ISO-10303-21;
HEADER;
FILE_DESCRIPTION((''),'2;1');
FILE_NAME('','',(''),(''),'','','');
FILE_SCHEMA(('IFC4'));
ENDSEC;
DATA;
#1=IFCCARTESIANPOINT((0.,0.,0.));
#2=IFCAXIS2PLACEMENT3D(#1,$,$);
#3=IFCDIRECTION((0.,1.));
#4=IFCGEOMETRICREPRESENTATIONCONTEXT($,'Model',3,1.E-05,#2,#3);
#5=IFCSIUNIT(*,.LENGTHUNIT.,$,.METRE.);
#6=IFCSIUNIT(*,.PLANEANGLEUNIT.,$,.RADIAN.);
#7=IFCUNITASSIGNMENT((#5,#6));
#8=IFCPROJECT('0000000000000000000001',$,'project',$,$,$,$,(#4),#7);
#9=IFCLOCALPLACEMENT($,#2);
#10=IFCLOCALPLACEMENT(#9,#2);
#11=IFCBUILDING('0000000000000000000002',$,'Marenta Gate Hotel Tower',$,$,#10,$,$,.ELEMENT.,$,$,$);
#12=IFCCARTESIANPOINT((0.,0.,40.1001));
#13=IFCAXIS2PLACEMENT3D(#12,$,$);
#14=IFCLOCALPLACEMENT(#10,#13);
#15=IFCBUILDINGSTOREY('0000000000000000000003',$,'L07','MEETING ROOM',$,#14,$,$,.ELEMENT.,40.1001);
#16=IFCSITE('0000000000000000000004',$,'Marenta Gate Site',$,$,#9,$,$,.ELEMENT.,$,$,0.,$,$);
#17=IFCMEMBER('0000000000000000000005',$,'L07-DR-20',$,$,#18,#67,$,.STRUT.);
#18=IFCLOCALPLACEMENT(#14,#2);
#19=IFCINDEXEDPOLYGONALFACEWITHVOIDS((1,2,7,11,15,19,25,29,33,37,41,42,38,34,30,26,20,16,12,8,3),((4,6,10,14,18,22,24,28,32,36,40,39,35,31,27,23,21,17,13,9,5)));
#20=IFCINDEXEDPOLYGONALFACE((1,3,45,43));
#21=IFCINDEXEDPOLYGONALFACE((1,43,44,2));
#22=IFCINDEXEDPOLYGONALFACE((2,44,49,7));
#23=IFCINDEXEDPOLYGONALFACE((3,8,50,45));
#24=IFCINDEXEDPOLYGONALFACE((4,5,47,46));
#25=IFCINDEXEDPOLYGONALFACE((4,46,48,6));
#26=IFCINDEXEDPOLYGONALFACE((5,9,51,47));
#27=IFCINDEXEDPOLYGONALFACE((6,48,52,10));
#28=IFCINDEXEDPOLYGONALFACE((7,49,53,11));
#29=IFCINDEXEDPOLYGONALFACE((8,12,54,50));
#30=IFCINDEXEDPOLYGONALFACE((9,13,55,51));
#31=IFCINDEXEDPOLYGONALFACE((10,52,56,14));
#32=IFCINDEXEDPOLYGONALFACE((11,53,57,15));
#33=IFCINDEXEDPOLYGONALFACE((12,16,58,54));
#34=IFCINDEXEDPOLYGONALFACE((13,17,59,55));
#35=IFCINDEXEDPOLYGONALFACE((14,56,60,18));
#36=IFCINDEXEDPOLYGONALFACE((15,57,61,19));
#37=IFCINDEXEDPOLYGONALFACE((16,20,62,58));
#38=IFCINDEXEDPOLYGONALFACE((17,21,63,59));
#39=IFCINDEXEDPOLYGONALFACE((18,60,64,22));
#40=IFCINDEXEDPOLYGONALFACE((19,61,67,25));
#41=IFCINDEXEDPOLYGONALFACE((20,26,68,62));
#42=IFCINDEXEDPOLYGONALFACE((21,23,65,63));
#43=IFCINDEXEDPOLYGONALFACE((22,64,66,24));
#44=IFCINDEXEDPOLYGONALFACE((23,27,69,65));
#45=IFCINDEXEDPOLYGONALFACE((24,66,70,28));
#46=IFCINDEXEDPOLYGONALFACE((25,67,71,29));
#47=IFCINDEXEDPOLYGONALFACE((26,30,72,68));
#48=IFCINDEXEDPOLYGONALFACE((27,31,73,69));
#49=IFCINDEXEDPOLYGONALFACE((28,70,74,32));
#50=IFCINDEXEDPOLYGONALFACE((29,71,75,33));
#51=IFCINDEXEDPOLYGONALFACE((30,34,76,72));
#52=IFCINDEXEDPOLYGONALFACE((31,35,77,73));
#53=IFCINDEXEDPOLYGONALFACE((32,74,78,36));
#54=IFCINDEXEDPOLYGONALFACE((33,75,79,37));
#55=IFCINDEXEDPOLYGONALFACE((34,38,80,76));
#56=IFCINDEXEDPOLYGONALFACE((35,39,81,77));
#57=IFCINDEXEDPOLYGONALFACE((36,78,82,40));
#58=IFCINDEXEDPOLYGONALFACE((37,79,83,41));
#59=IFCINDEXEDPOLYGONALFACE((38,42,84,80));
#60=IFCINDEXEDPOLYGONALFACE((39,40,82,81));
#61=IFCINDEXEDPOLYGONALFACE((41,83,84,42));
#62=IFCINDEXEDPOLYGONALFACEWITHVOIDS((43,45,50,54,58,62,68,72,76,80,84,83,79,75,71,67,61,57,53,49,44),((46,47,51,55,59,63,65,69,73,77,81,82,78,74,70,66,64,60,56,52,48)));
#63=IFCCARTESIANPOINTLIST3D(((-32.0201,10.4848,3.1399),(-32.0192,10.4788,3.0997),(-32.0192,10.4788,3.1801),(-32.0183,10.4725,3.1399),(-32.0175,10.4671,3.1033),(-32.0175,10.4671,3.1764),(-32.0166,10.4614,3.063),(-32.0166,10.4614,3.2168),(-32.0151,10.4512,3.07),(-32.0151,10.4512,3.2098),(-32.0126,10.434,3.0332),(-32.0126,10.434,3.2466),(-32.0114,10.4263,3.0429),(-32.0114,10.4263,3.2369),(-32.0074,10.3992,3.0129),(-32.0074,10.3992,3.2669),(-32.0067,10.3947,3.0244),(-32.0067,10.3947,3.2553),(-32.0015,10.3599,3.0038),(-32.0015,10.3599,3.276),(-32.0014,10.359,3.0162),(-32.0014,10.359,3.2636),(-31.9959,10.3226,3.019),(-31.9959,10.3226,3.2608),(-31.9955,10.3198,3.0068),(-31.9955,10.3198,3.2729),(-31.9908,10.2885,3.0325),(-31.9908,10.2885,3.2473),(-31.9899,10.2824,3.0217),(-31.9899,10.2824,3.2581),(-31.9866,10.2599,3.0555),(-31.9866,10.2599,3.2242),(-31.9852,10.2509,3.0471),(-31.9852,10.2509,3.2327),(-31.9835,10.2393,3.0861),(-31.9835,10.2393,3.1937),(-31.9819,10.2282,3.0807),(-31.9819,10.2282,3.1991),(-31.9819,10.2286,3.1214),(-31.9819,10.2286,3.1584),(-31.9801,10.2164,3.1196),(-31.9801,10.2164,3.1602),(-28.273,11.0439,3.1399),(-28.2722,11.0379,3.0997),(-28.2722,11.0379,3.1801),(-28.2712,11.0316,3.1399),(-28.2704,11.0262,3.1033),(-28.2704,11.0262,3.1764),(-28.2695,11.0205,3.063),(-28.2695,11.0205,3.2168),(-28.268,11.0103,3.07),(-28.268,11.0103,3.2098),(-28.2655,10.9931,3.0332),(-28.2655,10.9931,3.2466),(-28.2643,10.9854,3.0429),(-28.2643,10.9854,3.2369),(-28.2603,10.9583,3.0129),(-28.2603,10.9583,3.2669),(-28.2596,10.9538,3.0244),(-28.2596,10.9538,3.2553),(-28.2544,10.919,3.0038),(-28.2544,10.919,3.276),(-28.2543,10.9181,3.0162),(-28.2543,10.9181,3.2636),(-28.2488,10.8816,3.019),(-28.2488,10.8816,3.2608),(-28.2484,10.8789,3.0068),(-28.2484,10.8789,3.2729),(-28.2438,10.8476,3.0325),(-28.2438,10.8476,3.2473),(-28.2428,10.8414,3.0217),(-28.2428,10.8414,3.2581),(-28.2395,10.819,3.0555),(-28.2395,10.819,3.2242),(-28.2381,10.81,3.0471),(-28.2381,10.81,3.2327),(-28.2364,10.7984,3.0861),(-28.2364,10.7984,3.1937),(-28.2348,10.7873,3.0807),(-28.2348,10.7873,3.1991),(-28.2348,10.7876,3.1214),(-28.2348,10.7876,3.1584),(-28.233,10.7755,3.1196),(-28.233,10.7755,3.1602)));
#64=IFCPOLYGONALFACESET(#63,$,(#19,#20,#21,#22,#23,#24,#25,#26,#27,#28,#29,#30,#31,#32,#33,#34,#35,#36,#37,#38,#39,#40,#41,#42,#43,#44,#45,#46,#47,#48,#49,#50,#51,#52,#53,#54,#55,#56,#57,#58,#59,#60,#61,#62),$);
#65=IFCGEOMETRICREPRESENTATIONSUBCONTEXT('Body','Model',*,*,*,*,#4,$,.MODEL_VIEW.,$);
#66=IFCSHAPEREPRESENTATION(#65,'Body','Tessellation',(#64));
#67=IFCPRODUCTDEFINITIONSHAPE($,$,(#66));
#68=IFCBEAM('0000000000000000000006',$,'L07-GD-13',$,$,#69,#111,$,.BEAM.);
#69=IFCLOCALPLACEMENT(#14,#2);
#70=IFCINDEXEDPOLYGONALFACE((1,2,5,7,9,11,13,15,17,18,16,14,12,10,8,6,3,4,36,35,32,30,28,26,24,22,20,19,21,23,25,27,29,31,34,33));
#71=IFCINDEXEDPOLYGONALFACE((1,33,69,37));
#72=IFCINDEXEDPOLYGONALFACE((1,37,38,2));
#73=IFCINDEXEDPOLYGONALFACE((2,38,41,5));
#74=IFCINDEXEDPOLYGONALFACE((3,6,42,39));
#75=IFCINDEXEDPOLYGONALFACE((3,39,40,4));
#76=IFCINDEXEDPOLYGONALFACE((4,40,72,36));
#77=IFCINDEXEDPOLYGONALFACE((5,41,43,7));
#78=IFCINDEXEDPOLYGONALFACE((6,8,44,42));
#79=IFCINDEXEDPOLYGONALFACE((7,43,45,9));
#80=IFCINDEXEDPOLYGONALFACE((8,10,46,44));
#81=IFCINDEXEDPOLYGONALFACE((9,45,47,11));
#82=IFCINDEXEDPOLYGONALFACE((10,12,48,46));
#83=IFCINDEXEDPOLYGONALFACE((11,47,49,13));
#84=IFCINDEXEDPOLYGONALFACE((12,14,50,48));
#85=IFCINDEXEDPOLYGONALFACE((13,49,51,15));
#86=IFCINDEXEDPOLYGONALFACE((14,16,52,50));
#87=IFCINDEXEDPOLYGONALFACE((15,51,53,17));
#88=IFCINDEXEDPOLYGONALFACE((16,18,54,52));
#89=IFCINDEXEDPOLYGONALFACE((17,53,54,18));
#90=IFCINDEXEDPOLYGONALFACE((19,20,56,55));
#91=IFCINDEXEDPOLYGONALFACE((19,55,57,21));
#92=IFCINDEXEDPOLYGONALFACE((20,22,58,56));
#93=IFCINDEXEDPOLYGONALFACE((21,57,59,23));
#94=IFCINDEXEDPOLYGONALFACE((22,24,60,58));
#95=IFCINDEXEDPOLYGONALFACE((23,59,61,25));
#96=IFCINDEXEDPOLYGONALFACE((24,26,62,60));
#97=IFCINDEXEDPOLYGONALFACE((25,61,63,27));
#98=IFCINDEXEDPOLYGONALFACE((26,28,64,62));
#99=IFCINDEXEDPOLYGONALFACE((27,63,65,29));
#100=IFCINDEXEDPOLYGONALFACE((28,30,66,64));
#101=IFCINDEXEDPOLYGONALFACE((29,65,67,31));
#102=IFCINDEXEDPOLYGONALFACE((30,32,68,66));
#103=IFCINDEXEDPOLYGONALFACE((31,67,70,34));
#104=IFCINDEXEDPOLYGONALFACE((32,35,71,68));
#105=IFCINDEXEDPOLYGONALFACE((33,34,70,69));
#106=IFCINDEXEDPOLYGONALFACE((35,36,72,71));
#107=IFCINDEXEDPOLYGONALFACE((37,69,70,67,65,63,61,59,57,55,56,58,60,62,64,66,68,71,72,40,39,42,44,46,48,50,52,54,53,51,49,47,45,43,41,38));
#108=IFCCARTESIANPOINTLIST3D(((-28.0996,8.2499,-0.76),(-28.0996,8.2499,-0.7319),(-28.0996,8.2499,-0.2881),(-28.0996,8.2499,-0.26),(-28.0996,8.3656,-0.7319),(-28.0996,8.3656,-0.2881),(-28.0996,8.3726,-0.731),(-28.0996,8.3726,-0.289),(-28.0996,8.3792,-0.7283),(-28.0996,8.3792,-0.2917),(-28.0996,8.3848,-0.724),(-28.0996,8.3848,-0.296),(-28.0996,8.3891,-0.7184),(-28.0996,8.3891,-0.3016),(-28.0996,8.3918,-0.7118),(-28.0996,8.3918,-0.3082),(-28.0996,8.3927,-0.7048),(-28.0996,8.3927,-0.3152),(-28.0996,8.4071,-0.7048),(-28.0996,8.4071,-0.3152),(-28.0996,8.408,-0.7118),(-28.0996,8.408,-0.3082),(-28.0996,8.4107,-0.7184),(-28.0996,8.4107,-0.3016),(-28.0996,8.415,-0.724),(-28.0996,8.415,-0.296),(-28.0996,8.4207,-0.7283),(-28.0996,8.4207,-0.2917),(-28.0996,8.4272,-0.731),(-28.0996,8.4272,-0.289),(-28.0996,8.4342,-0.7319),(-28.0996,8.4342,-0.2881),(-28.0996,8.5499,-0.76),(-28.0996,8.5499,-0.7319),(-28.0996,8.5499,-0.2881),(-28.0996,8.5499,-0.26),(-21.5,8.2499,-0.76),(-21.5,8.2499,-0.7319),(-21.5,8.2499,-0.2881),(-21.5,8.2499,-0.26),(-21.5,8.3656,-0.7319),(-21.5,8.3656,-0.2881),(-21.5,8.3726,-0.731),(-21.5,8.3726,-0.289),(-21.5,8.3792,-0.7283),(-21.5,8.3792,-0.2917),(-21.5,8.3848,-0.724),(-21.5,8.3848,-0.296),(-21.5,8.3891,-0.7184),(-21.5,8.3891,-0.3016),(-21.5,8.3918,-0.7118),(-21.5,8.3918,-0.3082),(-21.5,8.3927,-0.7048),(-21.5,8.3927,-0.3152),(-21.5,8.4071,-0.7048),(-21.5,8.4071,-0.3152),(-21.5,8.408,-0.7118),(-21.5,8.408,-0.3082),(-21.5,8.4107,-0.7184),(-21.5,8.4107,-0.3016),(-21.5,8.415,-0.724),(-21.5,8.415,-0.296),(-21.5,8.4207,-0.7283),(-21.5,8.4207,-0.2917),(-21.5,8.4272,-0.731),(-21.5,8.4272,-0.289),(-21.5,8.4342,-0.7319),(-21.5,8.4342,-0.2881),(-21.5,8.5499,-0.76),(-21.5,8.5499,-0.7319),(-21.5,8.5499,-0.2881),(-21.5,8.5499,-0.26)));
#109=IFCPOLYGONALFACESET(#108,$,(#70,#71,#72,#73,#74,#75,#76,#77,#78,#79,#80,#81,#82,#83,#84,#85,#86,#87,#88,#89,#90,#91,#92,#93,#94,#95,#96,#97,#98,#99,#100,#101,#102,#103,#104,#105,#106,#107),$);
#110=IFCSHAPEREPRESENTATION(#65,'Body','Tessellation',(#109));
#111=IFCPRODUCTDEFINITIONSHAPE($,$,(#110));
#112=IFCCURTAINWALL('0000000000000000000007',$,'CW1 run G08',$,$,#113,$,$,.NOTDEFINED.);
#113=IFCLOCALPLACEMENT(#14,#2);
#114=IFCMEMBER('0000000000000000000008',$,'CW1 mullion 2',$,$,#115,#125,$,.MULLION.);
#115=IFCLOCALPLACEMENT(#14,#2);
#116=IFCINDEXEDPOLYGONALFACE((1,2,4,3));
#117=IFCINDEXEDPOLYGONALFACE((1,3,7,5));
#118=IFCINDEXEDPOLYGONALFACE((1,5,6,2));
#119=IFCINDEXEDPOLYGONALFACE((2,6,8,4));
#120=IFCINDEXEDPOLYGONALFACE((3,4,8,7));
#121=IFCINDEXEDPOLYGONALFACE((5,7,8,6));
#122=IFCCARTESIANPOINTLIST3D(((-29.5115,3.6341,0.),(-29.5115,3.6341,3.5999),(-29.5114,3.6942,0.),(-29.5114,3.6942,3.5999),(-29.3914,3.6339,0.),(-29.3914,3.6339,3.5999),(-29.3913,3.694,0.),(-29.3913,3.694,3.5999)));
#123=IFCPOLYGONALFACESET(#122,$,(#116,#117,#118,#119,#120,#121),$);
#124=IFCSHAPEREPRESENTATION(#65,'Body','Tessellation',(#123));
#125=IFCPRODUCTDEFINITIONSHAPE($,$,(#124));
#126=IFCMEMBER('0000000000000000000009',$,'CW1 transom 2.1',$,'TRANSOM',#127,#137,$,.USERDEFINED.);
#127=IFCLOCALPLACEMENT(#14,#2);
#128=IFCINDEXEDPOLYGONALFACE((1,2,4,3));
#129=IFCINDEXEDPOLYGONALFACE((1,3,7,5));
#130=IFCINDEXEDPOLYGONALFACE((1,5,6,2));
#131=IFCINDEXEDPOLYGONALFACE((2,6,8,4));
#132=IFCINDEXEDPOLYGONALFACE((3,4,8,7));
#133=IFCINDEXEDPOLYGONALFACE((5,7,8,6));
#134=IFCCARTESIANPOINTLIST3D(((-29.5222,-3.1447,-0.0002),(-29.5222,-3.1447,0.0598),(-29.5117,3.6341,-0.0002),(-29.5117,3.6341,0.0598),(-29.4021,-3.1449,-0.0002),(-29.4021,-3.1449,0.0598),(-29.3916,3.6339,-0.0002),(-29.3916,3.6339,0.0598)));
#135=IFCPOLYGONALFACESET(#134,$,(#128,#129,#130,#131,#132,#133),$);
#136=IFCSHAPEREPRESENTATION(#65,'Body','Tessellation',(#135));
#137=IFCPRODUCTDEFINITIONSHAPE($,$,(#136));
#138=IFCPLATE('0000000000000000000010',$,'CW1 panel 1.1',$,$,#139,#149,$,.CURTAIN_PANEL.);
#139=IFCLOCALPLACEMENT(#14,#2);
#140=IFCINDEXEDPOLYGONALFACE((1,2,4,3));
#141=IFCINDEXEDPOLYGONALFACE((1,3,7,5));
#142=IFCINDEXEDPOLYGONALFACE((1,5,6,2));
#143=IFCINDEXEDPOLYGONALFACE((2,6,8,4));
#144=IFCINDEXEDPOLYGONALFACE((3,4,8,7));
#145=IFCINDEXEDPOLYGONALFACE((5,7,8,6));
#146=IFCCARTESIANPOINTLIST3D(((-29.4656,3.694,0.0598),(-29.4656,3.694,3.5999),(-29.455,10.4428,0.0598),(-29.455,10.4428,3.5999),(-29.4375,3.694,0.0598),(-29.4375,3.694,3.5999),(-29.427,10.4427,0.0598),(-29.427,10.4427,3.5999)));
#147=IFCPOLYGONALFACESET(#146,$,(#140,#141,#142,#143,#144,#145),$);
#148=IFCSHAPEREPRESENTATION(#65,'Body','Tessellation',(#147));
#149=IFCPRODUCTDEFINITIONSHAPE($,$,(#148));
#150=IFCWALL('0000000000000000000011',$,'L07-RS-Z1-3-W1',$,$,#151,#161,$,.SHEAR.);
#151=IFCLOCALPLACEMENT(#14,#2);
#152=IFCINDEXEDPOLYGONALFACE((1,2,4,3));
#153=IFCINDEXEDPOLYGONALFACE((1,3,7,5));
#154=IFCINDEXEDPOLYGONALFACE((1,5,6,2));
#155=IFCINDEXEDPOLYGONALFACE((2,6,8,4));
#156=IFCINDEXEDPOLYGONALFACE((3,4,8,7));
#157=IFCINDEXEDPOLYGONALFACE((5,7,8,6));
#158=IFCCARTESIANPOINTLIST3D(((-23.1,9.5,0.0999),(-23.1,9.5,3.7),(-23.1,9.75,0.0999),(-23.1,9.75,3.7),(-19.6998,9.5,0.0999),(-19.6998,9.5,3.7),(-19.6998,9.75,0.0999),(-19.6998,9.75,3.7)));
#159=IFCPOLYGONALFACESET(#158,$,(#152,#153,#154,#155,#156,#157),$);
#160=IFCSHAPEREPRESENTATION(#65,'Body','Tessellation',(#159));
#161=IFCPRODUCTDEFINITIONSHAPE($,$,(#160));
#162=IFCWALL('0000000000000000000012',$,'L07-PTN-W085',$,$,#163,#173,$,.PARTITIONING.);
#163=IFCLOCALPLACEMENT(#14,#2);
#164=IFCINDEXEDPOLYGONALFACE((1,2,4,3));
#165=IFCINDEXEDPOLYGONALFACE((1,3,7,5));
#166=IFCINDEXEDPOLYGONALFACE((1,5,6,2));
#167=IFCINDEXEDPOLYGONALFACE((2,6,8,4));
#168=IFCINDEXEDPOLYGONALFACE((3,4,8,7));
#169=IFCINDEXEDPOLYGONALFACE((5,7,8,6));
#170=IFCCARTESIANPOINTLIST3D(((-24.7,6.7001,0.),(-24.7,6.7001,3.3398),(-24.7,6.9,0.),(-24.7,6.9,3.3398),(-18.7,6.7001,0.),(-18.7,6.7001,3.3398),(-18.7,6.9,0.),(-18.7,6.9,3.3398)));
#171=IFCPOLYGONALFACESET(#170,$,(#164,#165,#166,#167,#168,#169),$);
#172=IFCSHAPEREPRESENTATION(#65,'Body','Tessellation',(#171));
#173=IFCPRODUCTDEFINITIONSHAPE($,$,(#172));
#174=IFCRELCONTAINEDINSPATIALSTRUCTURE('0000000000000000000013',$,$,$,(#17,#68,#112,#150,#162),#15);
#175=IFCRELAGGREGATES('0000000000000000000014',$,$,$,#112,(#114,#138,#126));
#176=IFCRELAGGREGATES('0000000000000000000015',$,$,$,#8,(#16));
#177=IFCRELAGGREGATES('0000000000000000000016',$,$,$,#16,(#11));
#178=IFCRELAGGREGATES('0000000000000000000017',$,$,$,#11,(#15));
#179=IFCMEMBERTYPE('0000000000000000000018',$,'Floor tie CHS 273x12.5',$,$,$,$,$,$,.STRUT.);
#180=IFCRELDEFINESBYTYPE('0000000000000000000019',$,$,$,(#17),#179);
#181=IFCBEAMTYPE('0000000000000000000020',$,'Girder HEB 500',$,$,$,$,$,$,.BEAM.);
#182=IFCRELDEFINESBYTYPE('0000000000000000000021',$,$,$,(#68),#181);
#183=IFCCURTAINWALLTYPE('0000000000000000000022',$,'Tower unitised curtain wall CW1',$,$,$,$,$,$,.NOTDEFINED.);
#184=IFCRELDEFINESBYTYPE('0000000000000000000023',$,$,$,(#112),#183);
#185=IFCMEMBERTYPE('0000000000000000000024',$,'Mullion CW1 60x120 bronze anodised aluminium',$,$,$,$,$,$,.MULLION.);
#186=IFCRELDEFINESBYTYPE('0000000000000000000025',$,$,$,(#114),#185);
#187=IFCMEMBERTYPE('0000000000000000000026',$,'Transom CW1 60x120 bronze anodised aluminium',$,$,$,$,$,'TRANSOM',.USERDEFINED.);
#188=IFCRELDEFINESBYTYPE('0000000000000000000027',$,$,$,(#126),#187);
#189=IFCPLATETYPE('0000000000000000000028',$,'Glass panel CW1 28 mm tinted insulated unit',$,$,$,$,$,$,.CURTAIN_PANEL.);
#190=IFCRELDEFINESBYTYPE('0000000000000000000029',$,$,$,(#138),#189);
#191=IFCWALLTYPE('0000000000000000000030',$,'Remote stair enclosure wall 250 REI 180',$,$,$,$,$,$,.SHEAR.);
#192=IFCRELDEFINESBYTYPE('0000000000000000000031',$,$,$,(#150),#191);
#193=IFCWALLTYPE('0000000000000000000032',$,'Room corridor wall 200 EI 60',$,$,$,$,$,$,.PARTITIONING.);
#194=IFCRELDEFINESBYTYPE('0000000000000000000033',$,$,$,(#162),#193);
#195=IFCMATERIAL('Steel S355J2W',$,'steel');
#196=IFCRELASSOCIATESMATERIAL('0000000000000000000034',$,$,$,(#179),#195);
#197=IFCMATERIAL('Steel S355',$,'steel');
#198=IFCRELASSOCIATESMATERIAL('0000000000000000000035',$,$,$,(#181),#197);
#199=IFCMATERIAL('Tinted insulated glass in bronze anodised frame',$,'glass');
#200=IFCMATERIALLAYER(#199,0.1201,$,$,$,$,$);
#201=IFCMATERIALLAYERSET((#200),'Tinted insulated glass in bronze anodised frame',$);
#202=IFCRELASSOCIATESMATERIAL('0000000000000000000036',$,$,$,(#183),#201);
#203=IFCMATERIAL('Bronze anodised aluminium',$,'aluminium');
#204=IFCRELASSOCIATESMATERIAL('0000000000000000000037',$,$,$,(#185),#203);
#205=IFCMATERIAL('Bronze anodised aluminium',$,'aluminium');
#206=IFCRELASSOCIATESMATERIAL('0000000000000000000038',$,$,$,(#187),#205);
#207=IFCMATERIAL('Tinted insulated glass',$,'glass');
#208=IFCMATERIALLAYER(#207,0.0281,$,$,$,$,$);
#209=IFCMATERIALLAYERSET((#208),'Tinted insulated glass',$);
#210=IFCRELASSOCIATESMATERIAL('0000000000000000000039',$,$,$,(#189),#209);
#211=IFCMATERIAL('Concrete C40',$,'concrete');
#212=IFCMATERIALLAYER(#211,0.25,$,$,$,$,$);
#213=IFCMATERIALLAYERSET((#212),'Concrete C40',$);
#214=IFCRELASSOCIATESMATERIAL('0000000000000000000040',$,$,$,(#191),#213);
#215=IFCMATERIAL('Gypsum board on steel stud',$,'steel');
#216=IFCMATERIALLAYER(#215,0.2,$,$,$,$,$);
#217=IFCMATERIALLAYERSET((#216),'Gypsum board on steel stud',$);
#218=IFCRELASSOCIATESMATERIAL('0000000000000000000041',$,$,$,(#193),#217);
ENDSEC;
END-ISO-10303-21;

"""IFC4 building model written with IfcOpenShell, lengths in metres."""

from ifc_helpers import new_model, si_unit, direction, frame, frame_2d, origin, origin_2d, place, context, subcontext, project, spatial, rectangle, hollow_circle, i_section, extrude, material, layer, layer_set, material_profile, profile_set, type_object, element, aggregate, save


model = new_model("IFC4")

# Units and contexts
model_context = context("Model", 3, precision=1e-05, world=origin(), true_north=direction((0.0, 1.0)))
body_context = subcontext(model_context, "Body", "Model", "MODEL_VIEW")
ifc_project = project(units=[si_unit("LENGTHUNIT", "METRE"), si_unit("PLANEANGLEUNIT", "RADIAN")], contexts=[model_context])

# Site, building, storey
site_placement = place(None, origin())
site = spatial("IfcSite", under=ifc_project, at=site_placement, Name="Marenta Gate Site", CompositionType="ELEMENT", RefElevation=0.0)
building_placement = place(site_placement, origin())
building = spatial("IfcBuilding", under=site, at=building_placement, Name="Marenta Gate Hotel Tower", CompositionType="ELEMENT")
storey_placement = place(building_placement, frame((0.0, 0.0, 40.1001)))
storey = spatial("IfcBuildingStorey", under=building, at=storey_placement, Name="L07", Description="MEETING ROOM", CompositionType="ELEMENT", Elevation=40.1001)

# Member
ifc_material_1 = material(Name="Steel S355J2W", Category="steel")
ifc_material_profile_1 = material_profile(ifc_material_1, hollow_circle(Radius=0.1365, WallThickness=0.0125, at=origin_2d()), Name="CHS 273x12.5")
ifc_profile_set_1 = profile_set([ifc_material_profile_1], Name="Steel S355J2W")
member_type_1 = type_object("IfcMemberType", Name="Floor tie CHS 273x12.5", PredefinedType="STRUT", material=ifc_profile_set_1)
member_1_placement = place(storey_placement, frame((-32.0, 10.3499, 3.1399), z_axis=(0.989051, 0.147572, 0.0), x_axis=(-0.147572, 0.989051, 0.0)))
element("IfcMember", 1, at=member_1_placement, inside=storey, type_object=member_type_1, Name="L07-DR-20", PredefinedType="STRUT", context=body_context, shape_type="SweptSolid", body=[
    extrude(hollow_circle(Radius=0.1365, WallThickness=0.0125, at=origin_2d()), origin(), (0.0, 0.0, 1.0), 3.7886),
])

# Beam
ifc_material_2 = material(Name="Steel S355", Category="steel")
ifc_material_profile_2 = material_profile(ifc_material_2, i_section(OverallWidth=0.3, OverallDepth=0.5, WebThickness=0.0144, FlangeThickness=0.0281, FilletRadius=0.0271, at=origin_2d()), Name="HEB 500")
ifc_profile_set_2 = profile_set([ifc_material_profile_2], Name="Steel S355")
beam_type_1 = type_object("IfcBeamType", Name="Girder HEB 500", PredefinedType="BEAM", material=ifc_profile_set_2)
beam_1_placement = place(storey_placement, frame((-28.0996, 8.3999, -0.51), z_axis=(1.0, 0.0, 0.0), x_axis=(0.0, 1.0, 0.0)))
element("IfcBeam", 2, at=beam_1_placement, inside=storey, type_object=beam_type_1, Name="L07-GD-13", PredefinedType="BEAM", context=body_context, shape_type="SweptSolid", body=[
    extrude(i_section(OverallWidth=0.3, OverallDepth=0.5, WebThickness=0.0144, FlangeThickness=0.0281, FilletRadius=0.0271, at=origin_2d()), origin(), (0.0, 0.0, 1.0), 6.5996),
])

# Curtain wall, members, plate
ifc_material_3 = material(Name="Tinted insulated glass in bronze anodised frame", Category="glass")
ifc_layer_1 = layer(ifc_material_3, 0.1201)
ifc_layer_set_1 = layer_set([ifc_layer_1], Name="Tinted insulated glass in bronze anodised frame")
curtain_wall_type = type_object("IfcCurtainWallType", Name="Tower unitised curtain wall CW1", PredefinedType="NOTDEFINED", material=ifc_layer_set_1)
curtain_wall_placement = place(storey_placement, origin())
curtain_wall = element("IfcCurtainWall", 3, at=curtain_wall_placement, inside=storey, type_object=curtain_wall_type, Name="CW1 run G08", PredefinedType="NOTDEFINED")
ifc_material_4 = material(Name="Bronze anodised aluminium", Category="aluminium")
ifc_material_profile_3 = material_profile(ifc_material_4, rectangle(XDim=0.1201, YDim=0.0601, at=origin_2d()), Name="Mullion CW1 60x120 bronze anodised aluminium")
ifc_profile_set_3 = profile_set([ifc_material_profile_3], Name="Bronze anodised aluminium")
member_type_2 = type_object("IfcMemberType", Name="Mullion CW1 60x120 bronze anodised aluminium", PredefinedType="MULLION", material=ifc_profile_set_3)
member_2_placement = place(storey_placement, frame((-29.4514, 3.6641, 0.0), z_axis=(0.0, 0.0, 1.0), x_axis=(0.999999, -0.001565, 0.0)))
member_2 = element("IfcMember", 4, at=member_2_placement, type_object=member_type_2, Name="CW1 mullion 2", PredefinedType="MULLION", context=body_context, shape_type="SweptSolid", body=[
    extrude(rectangle(XDim=0.1201, YDim=0.0601, at=origin_2d()), origin(), (0.0, 0.0, 1.0), 3.5999),
])
ifc_material_5 = material(Name="Bronze anodised aluminium", Category="aluminium")
ifc_material_profile_4 = material_profile(ifc_material_5, rectangle(XDim=0.1201, YDim=0.0601, at=origin_2d()), Name="Transom CW1 60x120 bronze anodised aluminium")
ifc_profile_set_4 = profile_set([ifc_material_profile_4], Name="Bronze anodised aluminium")
member_type_3 = type_object("IfcMemberType", Name="Transom CW1 60x120 bronze anodised aluminium", ElementType="TRANSOM", PredefinedType="USERDEFINED", material=ifc_profile_set_4)
member_3_placement = place(storey_placement, frame((-29.4517, 3.634, 0.0298), z_axis=(-0.001549, -0.999999, 0.0), x_axis=(0.999999, -0.001549, 0.0)))
member_3 = element("IfcMember", 5, at=member_3_placement, type_object=member_type_3, Name="CW1 transom 2.1", ObjectType="TRANSOM", PredefinedType="USERDEFINED", context=body_context, shape_type="SweptSolid", body=[
    extrude(rectangle(XDim=0.1201, YDim=0.0601, at=origin_2d()), origin(), (0.0, 0.0, 1.0), 6.7788),
])
ifc_material_6 = material(Name="Tinted insulated glass", Category="glass")
ifc_layer_2 = layer(ifc_material_6, 0.0281)
ifc_layer_set_2 = layer_set([ifc_layer_2], Name="Tinted insulated glass")
plate_type = type_object("IfcPlateType", Name="Glass panel CW1 28 mm tinted insulated unit", PredefinedType="CURTAIN_PANEL", material=ifc_layer_set_2)
plate_placement = place(storey_placement, frame((-29.4463, 7.0684, 0.0598), z_axis=(0.0, 0.0, 1.0), x_axis=(-0.001565, -0.999999, 0.0)))
plate = element("IfcPlate", 6, at=plate_placement, type_object=plate_type, Name="CW1 panel 1.1", PredefinedType="CURTAIN_PANEL", context=body_context, shape_type="SweptSolid", body=[
    extrude(rectangle(XDim=6.7488, YDim=0.0281, at=origin_2d()), origin(), (0.0, 0.0, 1.0), 3.54),
])
aggregate(curtain_wall, [member_2, plate, member_3])

# Walls
ifc_material_7 = material(Name="Concrete C40", Category="concrete")
ifc_layer_3 = layer(ifc_material_7, 0.25)
ifc_layer_set_3 = layer_set([ifc_layer_3], Name="Concrete C40")
wall_type_1 = type_object("IfcWallType", Name="Remote stair enclosure wall 250 REI 180", PredefinedType="SHEAR", material=ifc_layer_set_3)
wall_1_placement = place(storey_placement, frame((-23.1001, 9.625, 0.0999), z_axis=(0.0, 0.0, 1.0), x_axis=(1.0, 0.0, 0.0)))
element("IfcWall", 7, at=wall_1_placement, inside=storey, type_object=wall_type_1, Name="L07-RS-Z1-3-W1", PredefinedType="SHEAR", context=body_context, shape_type="SweptSolid", body=[
    extrude(rectangle(XDim=3.4001, YDim=0.25, at=frame_2d((1.7002, 0.0))), origin(), (0.0, 0.0, 1.0), 3.6001),
])
ifc_material_8 = material(Name="Gypsum board on steel stud", Category="steel")
ifc_layer_4 = layer(ifc_material_8, 0.2)
ifc_layer_set_4 = layer_set([ifc_layer_4], Name="Gypsum board on steel stud")
wall_type_2 = type_object("IfcWallType", Name="Room corridor wall 200 EI 60", PredefinedType="PARTITIONING", material=ifc_layer_set_4)
wall_2_placement = place(storey_placement, frame((-24.7, 6.8, 0.0), z_axis=(0.0, 0.0, 1.0), x_axis=(1.0, 0.0, 0.0)))
element("IfcWall", 8, at=wall_2_placement, inside=storey, type_object=wall_type_2, Name="L07-PTN-W085", PredefinedType="PARTITIONING", context=body_context, shape_type="SweptSolid", body=[
    extrude(rectangle(XDim=6.0, YDim=0.2, at=frame_2d((3.0, 0.0))), origin(), (0.0, 0.0, 1.0), 3.3398),
])

save(model, "model.ifc")
